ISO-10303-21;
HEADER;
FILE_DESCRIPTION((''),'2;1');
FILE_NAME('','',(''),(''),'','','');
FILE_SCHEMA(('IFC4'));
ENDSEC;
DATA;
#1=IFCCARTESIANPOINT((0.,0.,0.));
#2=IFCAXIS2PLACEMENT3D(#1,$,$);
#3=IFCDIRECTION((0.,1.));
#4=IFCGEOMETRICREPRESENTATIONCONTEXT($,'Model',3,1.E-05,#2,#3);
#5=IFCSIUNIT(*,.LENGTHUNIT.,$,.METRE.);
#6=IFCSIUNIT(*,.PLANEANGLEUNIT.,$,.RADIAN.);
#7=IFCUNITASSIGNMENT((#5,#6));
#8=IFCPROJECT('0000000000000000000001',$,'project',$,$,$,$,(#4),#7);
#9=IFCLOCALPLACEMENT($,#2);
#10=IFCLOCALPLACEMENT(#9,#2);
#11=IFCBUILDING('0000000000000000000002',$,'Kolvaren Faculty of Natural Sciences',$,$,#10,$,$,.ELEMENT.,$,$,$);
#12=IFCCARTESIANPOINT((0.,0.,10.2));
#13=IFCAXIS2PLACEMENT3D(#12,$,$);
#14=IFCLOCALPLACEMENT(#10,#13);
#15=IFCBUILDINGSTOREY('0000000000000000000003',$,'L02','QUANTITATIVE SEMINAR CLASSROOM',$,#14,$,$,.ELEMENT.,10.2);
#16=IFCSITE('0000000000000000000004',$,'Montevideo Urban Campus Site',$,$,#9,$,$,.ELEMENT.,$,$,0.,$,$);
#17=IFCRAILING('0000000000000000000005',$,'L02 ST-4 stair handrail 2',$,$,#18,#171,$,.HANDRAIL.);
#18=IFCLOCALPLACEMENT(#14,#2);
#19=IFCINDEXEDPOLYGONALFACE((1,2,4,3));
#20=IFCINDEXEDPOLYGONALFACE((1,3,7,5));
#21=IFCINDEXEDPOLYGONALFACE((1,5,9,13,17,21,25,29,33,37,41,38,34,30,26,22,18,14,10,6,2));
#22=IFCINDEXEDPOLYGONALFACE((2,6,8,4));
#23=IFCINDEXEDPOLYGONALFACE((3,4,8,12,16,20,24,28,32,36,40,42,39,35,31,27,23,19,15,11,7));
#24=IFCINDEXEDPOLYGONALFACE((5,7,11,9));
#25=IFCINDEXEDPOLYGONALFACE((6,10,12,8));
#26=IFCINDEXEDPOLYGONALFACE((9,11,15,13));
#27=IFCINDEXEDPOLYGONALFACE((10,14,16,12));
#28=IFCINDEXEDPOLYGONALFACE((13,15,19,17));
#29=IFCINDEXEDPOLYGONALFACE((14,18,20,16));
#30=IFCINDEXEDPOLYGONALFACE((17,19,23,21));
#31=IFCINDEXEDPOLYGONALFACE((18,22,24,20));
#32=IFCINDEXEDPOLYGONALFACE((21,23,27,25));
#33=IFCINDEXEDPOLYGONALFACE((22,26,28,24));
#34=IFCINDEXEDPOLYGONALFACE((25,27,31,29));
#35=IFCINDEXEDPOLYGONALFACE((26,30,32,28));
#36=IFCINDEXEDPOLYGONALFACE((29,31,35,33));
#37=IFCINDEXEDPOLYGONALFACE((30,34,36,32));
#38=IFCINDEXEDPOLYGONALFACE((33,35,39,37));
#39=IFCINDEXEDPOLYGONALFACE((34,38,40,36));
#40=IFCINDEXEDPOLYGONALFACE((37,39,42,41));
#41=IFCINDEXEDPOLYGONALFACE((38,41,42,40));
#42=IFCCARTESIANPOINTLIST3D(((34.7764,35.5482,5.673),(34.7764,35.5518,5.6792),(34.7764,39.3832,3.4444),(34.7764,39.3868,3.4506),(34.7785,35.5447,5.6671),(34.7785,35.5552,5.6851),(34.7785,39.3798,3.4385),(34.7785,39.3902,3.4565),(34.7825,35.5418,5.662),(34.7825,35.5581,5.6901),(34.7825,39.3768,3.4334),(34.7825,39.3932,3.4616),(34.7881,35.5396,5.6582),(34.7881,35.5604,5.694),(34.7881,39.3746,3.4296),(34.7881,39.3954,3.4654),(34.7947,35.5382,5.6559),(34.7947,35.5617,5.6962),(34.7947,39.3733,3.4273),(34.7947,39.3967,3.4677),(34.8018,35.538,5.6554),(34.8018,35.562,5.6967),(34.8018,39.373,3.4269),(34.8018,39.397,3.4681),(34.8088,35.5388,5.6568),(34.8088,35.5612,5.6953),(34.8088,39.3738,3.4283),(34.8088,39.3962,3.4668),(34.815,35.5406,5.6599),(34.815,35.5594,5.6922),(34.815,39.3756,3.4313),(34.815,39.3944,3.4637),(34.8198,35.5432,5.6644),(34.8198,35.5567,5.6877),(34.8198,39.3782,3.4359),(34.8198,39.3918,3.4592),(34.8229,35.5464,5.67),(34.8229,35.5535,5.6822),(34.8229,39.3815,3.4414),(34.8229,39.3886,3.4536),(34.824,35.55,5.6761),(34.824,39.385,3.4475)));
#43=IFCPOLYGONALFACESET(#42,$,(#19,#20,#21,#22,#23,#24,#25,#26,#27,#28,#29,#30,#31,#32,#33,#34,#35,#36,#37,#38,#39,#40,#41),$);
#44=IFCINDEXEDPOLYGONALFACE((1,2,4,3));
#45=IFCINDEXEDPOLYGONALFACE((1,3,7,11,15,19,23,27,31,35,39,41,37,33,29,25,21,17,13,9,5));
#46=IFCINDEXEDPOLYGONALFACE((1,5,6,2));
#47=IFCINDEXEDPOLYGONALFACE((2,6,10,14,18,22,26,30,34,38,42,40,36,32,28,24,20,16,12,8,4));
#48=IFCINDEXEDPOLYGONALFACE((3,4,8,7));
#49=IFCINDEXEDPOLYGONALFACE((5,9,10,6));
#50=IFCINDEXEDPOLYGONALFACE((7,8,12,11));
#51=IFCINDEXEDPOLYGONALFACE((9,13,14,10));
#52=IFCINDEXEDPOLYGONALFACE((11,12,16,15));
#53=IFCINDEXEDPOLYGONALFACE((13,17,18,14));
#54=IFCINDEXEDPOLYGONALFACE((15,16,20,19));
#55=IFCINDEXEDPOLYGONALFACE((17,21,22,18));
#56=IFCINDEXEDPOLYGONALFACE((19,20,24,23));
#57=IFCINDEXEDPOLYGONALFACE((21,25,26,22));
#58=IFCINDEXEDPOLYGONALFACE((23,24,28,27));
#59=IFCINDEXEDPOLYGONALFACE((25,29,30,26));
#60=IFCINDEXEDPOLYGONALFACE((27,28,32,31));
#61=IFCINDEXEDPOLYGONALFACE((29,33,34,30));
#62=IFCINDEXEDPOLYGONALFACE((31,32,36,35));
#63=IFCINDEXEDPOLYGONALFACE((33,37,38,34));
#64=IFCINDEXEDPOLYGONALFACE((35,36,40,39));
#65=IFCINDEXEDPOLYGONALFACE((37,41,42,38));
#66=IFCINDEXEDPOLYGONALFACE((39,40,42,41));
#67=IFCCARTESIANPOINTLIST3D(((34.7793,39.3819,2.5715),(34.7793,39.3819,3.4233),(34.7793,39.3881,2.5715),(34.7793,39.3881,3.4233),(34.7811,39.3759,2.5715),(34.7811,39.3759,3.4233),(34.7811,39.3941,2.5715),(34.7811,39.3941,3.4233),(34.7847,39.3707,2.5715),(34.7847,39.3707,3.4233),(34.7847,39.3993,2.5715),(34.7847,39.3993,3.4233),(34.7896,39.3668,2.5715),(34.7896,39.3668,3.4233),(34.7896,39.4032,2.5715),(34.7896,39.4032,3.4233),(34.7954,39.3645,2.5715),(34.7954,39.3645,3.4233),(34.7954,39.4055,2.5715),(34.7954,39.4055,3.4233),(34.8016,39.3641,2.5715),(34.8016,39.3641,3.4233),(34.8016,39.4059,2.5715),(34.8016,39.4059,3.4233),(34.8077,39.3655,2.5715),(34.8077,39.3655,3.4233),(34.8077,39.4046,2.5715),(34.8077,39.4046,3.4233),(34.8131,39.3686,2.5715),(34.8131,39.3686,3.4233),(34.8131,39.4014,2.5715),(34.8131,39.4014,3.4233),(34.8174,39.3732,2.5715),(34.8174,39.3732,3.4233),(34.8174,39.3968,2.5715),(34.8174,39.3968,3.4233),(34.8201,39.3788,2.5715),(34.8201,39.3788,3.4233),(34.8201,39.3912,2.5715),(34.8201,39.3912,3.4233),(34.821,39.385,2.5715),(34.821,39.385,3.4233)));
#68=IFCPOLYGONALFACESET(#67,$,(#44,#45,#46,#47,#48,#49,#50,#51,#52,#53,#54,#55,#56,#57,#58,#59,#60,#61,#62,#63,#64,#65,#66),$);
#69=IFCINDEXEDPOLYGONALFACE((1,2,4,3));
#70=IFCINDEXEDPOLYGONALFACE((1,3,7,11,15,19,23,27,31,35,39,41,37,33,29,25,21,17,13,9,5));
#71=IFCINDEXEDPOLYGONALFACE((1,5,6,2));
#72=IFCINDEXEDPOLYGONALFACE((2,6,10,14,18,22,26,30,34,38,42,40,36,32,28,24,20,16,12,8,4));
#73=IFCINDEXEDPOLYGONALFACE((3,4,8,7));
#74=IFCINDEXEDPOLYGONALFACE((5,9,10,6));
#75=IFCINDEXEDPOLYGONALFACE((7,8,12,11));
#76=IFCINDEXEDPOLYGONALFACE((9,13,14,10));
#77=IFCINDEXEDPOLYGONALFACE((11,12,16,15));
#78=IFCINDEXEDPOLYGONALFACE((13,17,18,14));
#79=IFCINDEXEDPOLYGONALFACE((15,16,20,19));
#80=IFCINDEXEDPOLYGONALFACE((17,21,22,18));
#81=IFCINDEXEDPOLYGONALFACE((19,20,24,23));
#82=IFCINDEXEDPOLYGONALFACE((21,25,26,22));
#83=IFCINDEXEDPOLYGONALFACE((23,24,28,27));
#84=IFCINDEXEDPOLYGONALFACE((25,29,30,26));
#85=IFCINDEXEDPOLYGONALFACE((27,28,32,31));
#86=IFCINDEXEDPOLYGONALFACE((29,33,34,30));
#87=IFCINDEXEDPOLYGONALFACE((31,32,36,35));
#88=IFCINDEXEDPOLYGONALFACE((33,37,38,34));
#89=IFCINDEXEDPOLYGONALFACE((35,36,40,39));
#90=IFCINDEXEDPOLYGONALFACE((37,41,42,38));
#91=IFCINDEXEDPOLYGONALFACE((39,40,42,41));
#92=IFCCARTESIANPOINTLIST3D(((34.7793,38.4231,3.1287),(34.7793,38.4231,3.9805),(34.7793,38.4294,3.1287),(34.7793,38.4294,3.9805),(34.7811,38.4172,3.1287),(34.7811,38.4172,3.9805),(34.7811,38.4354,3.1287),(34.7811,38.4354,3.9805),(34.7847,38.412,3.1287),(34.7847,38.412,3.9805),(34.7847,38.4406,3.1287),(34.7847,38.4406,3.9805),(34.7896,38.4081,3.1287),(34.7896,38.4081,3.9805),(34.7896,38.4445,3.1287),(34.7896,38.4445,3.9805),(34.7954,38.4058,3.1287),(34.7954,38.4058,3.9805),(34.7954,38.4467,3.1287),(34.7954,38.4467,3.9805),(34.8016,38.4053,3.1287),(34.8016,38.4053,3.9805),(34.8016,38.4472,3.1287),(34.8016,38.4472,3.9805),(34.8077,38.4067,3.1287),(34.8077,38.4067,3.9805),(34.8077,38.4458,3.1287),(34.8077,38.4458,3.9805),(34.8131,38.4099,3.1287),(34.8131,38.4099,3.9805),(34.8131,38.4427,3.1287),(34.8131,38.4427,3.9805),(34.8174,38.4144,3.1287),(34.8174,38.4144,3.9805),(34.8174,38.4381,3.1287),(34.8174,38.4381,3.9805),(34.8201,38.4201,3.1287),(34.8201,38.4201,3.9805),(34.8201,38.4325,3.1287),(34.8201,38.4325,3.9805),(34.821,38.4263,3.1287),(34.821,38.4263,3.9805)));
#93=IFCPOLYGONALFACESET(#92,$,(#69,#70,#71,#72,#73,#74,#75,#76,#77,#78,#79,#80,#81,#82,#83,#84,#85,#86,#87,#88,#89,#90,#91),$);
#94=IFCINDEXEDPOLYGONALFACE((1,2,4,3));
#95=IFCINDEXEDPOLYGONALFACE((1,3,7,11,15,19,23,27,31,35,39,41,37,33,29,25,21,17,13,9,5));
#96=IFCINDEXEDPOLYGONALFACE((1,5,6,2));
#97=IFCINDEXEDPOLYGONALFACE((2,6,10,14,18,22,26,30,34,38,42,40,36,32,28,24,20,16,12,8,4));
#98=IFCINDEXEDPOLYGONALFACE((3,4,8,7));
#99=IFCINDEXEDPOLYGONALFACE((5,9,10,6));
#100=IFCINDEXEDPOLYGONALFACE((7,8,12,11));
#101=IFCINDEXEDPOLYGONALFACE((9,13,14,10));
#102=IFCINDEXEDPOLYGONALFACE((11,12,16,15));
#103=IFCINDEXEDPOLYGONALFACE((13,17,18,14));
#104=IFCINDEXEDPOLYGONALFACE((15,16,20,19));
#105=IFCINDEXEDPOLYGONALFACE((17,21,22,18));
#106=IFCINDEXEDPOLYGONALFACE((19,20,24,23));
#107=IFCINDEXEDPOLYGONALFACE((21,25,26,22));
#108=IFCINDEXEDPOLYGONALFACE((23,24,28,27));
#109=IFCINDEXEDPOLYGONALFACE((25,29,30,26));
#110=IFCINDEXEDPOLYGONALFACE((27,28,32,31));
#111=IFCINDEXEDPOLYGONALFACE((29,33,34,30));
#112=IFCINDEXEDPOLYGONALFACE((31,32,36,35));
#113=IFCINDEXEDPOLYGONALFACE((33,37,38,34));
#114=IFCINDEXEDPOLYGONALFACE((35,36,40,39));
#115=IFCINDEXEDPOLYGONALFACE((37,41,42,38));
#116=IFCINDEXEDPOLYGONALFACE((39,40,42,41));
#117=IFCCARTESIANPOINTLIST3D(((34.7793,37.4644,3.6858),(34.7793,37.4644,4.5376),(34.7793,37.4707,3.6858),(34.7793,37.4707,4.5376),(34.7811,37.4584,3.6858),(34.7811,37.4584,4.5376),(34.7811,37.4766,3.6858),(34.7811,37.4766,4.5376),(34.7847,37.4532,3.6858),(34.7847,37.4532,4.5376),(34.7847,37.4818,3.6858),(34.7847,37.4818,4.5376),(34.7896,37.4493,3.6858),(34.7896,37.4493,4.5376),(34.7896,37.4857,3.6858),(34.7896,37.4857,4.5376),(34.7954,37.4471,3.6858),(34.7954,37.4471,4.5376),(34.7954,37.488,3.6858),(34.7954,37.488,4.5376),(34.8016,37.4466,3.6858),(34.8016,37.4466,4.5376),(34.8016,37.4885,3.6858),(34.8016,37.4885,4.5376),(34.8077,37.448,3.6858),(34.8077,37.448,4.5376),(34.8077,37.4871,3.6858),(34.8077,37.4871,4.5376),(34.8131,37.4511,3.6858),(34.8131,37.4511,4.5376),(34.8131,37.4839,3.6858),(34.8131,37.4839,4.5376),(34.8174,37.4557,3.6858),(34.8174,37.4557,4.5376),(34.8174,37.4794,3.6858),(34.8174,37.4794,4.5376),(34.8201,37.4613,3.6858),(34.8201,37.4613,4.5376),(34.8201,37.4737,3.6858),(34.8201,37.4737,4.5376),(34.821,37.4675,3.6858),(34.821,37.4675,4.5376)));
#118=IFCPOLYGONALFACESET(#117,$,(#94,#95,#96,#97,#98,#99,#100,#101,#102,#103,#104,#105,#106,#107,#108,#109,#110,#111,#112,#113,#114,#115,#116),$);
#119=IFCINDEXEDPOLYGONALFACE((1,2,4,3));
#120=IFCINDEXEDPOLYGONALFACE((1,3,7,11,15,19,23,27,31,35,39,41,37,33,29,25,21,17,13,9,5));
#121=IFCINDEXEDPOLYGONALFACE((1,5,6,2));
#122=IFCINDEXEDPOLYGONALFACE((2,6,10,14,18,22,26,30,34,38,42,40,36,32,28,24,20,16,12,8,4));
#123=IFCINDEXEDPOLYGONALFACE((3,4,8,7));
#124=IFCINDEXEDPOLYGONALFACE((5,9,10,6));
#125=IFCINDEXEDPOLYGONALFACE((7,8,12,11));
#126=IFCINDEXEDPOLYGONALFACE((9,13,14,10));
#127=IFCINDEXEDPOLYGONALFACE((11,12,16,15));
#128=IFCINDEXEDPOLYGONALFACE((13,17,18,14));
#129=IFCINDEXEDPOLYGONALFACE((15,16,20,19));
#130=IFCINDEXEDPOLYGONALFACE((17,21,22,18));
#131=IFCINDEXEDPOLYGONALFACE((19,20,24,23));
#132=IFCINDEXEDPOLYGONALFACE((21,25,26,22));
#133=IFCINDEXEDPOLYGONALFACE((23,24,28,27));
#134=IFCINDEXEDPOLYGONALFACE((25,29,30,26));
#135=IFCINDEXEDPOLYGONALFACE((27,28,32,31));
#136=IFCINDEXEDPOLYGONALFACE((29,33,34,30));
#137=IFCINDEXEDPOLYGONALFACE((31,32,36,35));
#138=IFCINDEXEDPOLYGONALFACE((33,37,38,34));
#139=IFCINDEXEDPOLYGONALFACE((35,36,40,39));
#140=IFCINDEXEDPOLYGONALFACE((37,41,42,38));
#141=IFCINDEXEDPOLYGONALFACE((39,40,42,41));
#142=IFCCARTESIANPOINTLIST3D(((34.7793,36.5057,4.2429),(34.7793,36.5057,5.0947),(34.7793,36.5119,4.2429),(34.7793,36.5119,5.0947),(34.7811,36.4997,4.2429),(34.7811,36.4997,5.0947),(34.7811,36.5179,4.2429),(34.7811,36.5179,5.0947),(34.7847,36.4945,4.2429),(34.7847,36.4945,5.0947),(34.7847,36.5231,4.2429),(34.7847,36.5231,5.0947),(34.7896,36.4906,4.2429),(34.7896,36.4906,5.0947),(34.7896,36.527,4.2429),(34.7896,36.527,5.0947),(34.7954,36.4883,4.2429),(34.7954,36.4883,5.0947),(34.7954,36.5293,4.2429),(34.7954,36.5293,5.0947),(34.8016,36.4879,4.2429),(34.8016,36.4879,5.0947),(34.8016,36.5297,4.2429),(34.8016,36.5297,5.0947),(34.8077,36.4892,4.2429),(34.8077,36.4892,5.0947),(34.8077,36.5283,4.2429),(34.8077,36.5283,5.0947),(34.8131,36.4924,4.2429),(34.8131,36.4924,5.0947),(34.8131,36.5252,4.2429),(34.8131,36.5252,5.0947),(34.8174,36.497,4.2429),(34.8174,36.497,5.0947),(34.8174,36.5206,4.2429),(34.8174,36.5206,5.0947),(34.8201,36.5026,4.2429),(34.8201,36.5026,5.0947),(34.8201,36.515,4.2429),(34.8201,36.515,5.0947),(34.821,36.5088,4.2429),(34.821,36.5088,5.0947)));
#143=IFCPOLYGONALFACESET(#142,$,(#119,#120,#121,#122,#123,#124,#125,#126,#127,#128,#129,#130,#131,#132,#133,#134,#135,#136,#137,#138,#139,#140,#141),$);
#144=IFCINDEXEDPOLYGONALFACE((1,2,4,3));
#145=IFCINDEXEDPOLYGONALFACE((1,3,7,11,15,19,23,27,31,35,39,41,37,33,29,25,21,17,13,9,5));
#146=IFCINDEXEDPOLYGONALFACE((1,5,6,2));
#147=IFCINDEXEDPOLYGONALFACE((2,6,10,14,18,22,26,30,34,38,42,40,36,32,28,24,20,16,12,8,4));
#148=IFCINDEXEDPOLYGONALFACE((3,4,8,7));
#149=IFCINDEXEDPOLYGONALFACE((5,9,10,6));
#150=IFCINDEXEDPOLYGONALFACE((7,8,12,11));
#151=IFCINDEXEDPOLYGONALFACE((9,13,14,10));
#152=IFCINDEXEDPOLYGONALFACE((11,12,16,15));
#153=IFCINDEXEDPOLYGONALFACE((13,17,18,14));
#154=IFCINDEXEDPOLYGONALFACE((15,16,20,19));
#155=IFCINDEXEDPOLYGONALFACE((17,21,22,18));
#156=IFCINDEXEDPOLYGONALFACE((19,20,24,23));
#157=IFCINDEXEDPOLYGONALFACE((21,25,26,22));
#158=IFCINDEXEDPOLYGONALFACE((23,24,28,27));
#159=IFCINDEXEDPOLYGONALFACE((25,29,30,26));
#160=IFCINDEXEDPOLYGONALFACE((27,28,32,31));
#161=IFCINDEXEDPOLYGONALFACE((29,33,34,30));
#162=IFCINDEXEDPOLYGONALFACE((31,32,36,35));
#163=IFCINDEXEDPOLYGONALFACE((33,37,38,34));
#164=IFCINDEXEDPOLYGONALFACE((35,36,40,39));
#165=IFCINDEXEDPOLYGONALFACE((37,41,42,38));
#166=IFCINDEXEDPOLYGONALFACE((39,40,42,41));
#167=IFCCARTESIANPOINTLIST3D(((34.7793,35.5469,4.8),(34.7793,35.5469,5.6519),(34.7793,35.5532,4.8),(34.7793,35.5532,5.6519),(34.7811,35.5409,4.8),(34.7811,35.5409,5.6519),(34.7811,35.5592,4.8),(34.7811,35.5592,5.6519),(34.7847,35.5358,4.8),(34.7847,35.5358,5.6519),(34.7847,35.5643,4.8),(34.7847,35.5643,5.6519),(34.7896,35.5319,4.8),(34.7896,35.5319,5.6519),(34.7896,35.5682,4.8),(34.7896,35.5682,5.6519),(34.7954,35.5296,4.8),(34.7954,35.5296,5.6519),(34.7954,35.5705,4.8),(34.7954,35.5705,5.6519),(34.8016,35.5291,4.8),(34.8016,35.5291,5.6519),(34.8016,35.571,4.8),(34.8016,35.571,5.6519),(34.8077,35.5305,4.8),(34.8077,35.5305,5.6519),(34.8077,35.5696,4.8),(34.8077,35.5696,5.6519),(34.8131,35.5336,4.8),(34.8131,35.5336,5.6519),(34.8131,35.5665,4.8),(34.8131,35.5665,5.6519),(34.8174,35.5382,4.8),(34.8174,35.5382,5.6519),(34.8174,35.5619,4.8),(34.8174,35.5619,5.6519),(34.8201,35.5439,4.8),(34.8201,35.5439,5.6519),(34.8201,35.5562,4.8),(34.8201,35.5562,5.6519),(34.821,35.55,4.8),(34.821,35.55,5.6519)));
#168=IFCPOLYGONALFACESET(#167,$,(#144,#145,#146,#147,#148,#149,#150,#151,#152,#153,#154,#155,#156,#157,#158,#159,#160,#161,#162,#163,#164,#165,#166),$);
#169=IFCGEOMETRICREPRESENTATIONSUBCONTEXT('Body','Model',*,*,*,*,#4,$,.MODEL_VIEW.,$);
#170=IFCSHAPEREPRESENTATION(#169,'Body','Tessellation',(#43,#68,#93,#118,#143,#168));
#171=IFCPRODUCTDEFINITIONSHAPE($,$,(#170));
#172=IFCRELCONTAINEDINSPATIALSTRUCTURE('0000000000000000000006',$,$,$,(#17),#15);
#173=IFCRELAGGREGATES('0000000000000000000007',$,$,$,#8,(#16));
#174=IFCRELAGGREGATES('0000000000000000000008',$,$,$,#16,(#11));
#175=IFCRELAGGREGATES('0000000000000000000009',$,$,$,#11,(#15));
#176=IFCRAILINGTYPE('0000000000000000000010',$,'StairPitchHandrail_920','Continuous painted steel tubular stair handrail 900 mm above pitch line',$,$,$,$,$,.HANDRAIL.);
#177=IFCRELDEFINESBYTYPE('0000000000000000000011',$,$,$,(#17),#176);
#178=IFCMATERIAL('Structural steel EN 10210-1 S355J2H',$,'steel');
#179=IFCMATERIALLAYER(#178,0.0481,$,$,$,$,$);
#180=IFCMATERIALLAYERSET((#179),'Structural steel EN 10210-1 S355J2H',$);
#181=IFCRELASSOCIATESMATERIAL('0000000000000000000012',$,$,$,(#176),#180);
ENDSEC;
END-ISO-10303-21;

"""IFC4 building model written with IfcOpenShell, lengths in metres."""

from ifc_helpers import new_model, si_unit, direction, frame, origin, origin_2d, place, context, subcontext, project, spatial, circle, extrude, material, layer, layer_set, type_object, element, save


model = new_model("IFC4")

# Units and contexts
model_context = context("Model", 3, precision=1e-05, world=origin(), true_north=direction((0.0, 1.0)))
body_context = subcontext(model_context, "Body", "Model", "MODEL_VIEW")
ifc_project = project(units=[si_unit("LENGTHUNIT", "METRE"), si_unit("PLANEANGLEUNIT", "RADIAN")], contexts=[model_context])

# Site, building, storey
site_placement = place(None, origin())
site = spatial("IfcSite", under=ifc_project, at=site_placement, Name="Montevideo Urban Campus Site", CompositionType="ELEMENT", RefElevation=0.0)
building_placement = place(site_placement, origin())
building = spatial("IfcBuilding", under=site, at=building_placement, Name="Kolvaren Faculty of Natural Sciences", CompositionType="ELEMENT")
storey_placement = place(building_placement, frame((0.0, 0.0, 10.2)))
storey = spatial("IfcBuildingStorey", under=building, at=storey_placement, Name="L02", Description="QUANTITATIVE SEMINAR CLASSROOM", CompositionType="ELEMENT", Elevation=10.2)

# Railing
ifc_material_1 = material(Name="Structural steel EN 10210-1 S355J2H", Category="steel")
ifc_layer_1 = layer(ifc_material_1, 0.0481)
ifc_layer_set_1 = layer_set([ifc_layer_1], Name="Structural steel EN 10210-1 S355J2H")
railing_type_1 = type_object("IfcRailingType", Name="StairPitchHandrail_920", Description="Continuous painted steel tubular stair handrail 900 mm above pitch line", PredefinedType="HANDRAIL", material=ifc_layer_set_1)
railing_1_placement = place(storey_placement, frame((34.8, 39.385, 2.5715)))
element("IfcRailing", 1, at=railing_1_placement, inside=storey, type_object=railing_type_1, Name="L02 ST-4 stair handrail 2", PredefinedType="HANDRAIL", context=body_context, shape_type="SweptSolid", body=[
    extrude(circle(Radius=0.0239, at=origin_2d()), frame((0.0, 0.0, 0.876), z_axis=(0.0, -0.864616, 0.502433), x_axis=(1.0, 0.0, 0.0)), (0.0, 0.0, 1.0), 4.4355),
    extrude(circle(Radius=0.021, at=origin_2d()), origin(), (0.0, 0.0, 1.0), 0.8518),
    extrude(circle(Radius=0.021, at=origin_2d()), frame((0.0, -0.9587, 0.5571)), (0.0, 0.0, 1.0), 0.8518),
    extrude(circle(Radius=0.021, at=origin_2d()), frame((0.0, -1.9175, 1.1143)), (0.0, 0.0, 1.0), 0.8518),
    extrude(circle(Radius=0.021, at=origin_2d()), frame((0.0, -2.8762, 1.6714)), (0.0, 0.0, 1.0), 0.8518),
    extrude(circle(Radius=0.021, at=origin_2d()), frame((0.0, -3.835, 2.2285)), (0.0, 0.0, 1.0), 0.8518),
])

save(model, "model.ifc")
